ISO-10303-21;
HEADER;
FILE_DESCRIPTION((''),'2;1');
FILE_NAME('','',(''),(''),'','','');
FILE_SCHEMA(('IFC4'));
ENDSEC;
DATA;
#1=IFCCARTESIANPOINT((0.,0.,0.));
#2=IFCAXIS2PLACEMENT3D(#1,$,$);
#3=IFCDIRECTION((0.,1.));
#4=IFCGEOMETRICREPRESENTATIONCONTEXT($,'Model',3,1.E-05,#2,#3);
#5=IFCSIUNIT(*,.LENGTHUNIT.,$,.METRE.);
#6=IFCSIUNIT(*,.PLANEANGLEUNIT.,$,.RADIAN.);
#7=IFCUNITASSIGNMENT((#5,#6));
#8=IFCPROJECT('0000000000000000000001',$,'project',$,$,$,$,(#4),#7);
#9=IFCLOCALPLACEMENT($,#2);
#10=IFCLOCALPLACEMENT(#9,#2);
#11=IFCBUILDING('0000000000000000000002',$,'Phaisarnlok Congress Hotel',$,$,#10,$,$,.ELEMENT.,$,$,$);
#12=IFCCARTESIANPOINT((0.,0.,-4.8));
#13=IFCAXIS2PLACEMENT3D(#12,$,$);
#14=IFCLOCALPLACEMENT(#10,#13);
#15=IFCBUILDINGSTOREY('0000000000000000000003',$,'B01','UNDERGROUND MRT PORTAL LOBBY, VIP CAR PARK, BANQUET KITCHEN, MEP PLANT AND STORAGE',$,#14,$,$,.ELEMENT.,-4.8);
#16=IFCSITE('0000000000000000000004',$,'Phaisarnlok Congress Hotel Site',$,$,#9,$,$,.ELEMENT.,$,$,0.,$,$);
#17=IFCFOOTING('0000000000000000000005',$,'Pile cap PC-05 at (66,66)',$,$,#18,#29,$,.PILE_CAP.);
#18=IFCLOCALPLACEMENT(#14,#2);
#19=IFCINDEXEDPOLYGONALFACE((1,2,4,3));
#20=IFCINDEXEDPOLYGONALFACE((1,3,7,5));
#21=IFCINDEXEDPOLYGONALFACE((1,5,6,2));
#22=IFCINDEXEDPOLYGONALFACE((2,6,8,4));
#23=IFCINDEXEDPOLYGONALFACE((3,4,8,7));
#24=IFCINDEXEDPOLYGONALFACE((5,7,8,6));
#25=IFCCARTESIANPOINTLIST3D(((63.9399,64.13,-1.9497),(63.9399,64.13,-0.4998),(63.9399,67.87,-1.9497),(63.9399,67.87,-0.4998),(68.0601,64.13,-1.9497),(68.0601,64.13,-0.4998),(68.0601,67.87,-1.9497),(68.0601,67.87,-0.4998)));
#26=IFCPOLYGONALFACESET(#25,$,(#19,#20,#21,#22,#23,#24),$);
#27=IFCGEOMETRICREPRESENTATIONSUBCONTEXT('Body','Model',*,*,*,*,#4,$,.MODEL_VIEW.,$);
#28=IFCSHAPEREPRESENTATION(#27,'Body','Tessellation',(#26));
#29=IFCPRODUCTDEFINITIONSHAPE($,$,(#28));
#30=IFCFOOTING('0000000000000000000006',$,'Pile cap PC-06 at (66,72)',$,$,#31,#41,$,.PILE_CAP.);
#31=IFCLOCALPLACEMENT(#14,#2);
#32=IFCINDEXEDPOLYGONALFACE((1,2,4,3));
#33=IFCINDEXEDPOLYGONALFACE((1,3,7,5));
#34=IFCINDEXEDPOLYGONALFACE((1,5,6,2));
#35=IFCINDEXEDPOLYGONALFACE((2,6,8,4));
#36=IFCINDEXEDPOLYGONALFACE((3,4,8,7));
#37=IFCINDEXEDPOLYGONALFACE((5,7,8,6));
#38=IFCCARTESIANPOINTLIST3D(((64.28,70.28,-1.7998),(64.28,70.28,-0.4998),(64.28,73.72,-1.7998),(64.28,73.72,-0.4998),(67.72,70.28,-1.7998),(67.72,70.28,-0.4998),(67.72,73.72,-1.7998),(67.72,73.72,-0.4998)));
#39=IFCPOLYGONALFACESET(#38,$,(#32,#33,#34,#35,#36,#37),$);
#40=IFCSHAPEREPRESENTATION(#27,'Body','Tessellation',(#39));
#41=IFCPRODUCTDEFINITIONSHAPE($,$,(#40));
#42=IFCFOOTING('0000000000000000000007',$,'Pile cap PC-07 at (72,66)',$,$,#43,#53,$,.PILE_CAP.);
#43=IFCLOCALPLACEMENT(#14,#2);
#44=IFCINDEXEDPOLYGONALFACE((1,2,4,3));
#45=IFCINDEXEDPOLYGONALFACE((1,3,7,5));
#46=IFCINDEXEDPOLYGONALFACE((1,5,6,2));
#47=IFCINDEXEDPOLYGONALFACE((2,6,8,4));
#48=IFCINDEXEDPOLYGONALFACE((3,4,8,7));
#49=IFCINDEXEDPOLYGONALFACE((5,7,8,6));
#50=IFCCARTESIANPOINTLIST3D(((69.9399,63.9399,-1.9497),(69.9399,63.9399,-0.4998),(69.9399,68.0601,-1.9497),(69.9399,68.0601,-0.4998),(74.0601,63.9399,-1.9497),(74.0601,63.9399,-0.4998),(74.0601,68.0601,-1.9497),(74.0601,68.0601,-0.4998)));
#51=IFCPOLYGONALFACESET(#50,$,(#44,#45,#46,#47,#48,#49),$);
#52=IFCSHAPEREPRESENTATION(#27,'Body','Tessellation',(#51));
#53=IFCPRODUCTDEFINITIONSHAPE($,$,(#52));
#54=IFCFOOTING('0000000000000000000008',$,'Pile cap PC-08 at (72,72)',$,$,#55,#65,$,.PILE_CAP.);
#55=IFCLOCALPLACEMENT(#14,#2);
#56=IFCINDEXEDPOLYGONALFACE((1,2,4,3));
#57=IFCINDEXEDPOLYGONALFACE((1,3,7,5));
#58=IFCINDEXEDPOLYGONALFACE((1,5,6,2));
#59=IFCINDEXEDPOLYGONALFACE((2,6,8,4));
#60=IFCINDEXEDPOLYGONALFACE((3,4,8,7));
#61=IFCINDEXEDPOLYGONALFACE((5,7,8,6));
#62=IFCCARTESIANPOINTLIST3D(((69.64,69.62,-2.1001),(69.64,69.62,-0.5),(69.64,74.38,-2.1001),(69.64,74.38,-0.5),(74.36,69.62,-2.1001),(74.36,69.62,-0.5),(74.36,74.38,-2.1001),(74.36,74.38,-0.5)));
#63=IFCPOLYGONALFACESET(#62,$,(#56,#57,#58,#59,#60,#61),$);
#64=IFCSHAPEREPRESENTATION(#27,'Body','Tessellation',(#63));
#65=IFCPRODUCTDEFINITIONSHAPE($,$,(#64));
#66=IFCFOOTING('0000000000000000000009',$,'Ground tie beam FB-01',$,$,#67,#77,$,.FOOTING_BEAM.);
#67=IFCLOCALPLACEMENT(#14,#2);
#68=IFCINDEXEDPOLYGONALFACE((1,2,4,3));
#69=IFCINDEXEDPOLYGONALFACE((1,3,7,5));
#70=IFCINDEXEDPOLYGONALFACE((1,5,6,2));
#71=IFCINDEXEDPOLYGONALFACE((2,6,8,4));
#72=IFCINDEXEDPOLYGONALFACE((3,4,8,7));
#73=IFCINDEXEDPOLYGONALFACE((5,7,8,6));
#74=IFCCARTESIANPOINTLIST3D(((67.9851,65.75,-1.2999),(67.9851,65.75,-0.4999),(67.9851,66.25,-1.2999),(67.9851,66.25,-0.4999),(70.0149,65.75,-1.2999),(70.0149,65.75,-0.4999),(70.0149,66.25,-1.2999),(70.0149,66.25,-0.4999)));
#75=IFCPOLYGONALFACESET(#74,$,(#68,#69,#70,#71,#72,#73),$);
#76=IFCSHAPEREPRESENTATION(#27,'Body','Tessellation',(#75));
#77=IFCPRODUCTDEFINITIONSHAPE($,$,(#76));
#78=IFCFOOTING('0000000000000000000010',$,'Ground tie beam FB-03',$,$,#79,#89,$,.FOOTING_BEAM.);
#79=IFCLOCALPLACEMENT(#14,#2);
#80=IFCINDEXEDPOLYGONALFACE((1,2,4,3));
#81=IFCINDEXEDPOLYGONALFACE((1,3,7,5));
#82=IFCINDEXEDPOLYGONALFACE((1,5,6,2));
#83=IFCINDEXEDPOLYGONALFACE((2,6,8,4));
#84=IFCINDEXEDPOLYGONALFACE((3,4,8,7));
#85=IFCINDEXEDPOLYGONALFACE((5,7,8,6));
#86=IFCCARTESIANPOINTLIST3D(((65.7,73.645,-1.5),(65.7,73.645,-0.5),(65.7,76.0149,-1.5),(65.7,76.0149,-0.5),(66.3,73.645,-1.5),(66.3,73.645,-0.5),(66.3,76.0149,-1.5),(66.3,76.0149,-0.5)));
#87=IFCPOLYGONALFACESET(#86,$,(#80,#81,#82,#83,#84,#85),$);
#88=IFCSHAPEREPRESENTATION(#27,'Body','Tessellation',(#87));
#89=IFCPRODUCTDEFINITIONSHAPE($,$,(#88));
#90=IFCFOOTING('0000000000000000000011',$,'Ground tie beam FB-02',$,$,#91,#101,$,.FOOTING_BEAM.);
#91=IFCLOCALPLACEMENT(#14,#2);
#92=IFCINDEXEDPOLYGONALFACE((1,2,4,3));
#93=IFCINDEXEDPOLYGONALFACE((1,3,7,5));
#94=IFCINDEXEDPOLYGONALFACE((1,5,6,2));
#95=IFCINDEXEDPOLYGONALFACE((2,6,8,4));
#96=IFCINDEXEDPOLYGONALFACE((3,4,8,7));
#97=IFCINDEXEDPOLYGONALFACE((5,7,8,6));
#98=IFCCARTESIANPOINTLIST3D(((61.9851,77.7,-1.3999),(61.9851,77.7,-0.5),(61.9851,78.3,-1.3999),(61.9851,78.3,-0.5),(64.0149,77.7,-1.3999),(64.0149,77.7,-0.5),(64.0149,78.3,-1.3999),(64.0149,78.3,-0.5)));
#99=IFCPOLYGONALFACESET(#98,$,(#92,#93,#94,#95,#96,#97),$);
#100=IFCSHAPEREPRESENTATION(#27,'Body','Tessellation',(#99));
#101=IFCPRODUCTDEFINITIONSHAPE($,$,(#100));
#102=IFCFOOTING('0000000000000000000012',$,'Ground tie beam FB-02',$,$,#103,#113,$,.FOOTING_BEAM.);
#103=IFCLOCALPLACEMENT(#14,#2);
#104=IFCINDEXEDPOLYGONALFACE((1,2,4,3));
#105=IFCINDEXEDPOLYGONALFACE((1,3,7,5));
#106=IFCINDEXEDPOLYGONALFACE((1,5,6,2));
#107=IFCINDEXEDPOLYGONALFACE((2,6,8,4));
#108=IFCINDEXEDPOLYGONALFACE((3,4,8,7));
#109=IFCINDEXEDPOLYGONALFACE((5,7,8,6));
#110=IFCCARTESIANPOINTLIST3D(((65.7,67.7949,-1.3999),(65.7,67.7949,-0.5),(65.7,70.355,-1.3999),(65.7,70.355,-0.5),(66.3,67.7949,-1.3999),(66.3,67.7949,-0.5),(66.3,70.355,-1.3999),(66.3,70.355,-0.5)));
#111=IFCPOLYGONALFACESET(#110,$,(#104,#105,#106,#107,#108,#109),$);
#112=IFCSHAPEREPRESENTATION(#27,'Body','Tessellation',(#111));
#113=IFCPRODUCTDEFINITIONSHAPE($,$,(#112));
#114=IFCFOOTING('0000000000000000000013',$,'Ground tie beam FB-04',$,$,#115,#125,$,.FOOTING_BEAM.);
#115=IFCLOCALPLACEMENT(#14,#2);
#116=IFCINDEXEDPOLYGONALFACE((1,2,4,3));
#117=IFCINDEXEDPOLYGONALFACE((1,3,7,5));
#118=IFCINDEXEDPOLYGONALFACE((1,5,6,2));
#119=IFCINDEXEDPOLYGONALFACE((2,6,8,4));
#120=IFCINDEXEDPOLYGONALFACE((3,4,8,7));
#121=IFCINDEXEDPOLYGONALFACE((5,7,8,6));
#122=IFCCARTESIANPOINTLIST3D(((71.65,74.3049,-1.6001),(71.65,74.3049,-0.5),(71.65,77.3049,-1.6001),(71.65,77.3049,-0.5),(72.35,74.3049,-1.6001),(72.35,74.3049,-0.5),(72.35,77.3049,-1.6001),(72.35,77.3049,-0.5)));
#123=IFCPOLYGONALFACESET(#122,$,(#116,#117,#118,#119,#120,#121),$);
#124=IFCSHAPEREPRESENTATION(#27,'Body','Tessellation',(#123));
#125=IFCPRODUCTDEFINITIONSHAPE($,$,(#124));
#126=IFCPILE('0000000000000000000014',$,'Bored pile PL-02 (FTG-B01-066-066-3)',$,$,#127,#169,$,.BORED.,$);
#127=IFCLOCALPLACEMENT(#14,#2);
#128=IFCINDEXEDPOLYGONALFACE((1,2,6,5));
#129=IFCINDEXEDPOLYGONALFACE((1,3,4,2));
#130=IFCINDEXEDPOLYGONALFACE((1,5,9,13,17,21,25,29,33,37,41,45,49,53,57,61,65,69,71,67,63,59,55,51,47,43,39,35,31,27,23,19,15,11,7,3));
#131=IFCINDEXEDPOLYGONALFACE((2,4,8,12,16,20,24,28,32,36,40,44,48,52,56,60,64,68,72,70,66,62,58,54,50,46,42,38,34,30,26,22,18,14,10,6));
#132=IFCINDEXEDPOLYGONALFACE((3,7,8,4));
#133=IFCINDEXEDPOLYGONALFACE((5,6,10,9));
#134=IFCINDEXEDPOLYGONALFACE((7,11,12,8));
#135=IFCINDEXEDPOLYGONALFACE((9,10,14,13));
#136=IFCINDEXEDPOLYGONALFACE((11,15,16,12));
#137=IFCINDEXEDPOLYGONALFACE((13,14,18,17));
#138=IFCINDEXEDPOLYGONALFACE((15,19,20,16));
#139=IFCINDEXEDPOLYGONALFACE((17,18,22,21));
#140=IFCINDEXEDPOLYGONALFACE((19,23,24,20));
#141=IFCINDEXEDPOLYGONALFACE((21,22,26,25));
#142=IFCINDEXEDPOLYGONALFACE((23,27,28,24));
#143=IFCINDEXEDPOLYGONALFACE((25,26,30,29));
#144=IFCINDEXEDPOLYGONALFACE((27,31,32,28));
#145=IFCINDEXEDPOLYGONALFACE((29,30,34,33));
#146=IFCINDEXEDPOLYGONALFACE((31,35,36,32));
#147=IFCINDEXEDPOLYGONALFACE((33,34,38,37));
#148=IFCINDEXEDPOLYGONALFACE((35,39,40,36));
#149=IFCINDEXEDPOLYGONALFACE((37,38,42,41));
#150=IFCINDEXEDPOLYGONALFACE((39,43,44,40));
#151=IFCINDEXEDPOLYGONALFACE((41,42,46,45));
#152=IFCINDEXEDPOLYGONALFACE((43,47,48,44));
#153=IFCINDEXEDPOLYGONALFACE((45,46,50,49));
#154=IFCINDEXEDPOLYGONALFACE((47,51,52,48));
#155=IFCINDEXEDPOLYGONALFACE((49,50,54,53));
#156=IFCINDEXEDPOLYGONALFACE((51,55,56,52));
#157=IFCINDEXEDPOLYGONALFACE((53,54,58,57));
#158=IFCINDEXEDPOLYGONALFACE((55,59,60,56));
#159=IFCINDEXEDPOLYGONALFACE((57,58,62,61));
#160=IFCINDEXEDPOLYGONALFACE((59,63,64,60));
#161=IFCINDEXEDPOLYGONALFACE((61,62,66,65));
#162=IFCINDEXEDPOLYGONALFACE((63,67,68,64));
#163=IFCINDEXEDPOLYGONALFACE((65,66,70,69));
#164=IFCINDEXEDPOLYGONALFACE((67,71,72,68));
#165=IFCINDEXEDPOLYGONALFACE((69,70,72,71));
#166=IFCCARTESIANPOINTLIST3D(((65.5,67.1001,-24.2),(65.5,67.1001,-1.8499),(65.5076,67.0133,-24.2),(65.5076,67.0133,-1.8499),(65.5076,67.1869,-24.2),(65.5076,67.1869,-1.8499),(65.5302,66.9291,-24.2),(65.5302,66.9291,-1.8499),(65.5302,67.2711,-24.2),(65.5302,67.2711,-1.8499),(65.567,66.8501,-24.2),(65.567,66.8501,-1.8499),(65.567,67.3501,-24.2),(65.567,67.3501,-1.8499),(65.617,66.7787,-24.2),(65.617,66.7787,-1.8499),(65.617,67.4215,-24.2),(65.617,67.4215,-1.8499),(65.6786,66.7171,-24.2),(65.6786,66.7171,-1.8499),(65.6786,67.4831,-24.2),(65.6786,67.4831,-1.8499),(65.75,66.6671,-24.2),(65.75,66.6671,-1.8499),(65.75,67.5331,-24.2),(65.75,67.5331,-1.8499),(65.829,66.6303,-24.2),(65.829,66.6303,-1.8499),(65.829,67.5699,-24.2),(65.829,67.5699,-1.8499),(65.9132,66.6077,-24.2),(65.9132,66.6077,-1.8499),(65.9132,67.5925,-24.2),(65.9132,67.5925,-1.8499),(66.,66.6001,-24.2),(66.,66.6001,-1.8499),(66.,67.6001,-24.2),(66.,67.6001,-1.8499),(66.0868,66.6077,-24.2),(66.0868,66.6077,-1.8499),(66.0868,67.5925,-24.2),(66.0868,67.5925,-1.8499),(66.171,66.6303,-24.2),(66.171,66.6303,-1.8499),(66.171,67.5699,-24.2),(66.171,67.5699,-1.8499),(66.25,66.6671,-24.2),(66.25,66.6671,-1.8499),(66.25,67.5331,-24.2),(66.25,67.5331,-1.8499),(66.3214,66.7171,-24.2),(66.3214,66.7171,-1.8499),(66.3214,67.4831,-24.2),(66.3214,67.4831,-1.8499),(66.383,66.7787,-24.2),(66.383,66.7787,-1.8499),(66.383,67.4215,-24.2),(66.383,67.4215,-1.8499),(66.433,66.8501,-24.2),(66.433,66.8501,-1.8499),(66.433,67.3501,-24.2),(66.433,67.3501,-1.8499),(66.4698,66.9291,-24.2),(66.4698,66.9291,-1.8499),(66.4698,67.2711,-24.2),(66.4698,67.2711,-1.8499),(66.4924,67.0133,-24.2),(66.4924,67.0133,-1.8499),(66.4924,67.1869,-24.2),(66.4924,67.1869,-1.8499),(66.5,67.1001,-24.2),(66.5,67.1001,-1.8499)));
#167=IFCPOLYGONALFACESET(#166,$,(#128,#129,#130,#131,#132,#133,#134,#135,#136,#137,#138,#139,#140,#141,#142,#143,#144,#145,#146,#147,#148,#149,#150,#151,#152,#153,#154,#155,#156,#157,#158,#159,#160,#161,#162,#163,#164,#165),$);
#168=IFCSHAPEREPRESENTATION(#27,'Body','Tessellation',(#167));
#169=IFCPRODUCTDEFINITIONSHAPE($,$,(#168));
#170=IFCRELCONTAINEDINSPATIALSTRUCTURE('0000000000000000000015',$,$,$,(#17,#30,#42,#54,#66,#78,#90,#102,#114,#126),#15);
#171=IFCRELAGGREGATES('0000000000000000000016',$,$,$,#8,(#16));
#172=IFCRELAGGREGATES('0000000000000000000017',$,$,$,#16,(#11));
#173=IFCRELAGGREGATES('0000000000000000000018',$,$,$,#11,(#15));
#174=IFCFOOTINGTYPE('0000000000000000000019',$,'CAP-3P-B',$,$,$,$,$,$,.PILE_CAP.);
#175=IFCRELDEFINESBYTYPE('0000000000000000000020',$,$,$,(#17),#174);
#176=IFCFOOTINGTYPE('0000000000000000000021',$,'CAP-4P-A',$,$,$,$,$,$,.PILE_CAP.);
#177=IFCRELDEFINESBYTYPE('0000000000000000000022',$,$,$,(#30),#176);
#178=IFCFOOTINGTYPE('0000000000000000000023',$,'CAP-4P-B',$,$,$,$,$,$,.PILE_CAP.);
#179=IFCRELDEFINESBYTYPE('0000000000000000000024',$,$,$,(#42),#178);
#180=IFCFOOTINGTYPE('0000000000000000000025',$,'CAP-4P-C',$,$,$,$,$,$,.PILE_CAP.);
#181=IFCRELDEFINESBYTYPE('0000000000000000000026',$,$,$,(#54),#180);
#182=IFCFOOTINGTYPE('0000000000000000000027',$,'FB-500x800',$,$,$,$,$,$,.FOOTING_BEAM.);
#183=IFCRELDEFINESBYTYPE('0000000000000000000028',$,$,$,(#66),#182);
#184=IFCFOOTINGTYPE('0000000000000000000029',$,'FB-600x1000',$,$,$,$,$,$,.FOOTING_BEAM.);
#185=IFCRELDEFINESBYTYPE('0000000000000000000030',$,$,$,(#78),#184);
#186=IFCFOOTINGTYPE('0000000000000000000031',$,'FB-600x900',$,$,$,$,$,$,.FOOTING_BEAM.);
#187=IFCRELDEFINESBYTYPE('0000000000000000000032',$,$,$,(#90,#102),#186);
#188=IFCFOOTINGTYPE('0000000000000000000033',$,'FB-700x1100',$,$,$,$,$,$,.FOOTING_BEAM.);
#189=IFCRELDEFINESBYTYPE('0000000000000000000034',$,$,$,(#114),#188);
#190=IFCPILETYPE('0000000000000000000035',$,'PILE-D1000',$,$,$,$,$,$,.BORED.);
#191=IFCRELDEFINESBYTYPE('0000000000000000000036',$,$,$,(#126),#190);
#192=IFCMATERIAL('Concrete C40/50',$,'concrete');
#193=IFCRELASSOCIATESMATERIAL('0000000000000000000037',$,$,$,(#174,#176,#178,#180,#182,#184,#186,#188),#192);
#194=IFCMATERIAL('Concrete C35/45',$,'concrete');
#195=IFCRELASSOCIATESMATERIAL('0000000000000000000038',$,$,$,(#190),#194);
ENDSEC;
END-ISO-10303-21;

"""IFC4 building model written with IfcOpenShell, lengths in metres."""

from ifc_helpers import new_model, si_unit, direction, frame, origin, origin_2d, place, context, subcontext, project, spatial, rectangle, circle, extrude, material, material_profile, profile_set, type_object, element, save


model = new_model("IFC4")

# Units and contexts
model_context = context("Model", 3, precision=1e-05, world=origin(), true_north=direction((0.0, 1.0)))
body_context = subcontext(model_context, "Body", "Model", "MODEL_VIEW")
ifc_project = project(units=[si_unit("LENGTHUNIT", "METRE"), si_unit("PLANEANGLEUNIT", "RADIAN")], contexts=[model_context])

# Site, building, storey
site_placement = place(None, origin())
site = spatial("IfcSite", under=ifc_project, at=site_placement, Name="Phaisarnlok Congress Hotel Site", CompositionType="ELEMENT", RefElevation=0.0)
building_placement = place(site_placement, origin())
building = spatial("IfcBuilding", under=site, at=building_placement, Name="Phaisarnlok Congress Hotel", CompositionType="ELEMENT")
storey_placement = place(building_placement, frame((0.0, 0.0, -4.8)))
storey = spatial("IfcBuildingStorey", under=building, at=storey_placement, Name="B01", Description="UNDERGROUND MRT PORTAL LOBBY, VIP CAR PARK, BANQUET KITCHEN, MEP PLANT AND STORAGE", CompositionType="ELEMENT", Elevation=-4.8)

# Footings
ifc_material_1 = material(Name="Concrete C40/50", Category="concrete")
footing_type_1 = type_object("IfcFootingType", Name="CAP-3P-B", PredefinedType="PILE_CAP", material=ifc_material_1)
footing_1_placement = place(storey_placement, frame((66.0, 66.0, -1.9497), z_axis=(0.0, 0.0, 1.0), x_axis=(1.0, 0.0, 0.0)))
element("IfcFooting", 1, at=footing_1_placement, inside=storey, type_object=footing_type_1, Name="Pile cap PC-05 at (66,66)", PredefinedType="PILE_CAP", context=body_context, shape_type="SweptSolid", body=[
    extrude(rectangle(XDim=4.1201, YDim=3.74, at=origin_2d()), origin(), (0.0, 0.0, 1.0), 1.45),
])
footing_type_2 = type_object("IfcFootingType", Name="CAP-4P-A", PredefinedType="PILE_CAP", material=ifc_material_1)
footing_2_placement = place(storey_placement, frame((66.0, 72.0, -1.7998), z_axis=(0.0, 0.0, 1.0), x_axis=(1.0, 0.0, 0.0)))
element("IfcFooting", 2, at=footing_2_placement, inside=storey, type_object=footing_type_2, Name="Pile cap PC-06 at (66,72)", PredefinedType="PILE_CAP", context=body_context, shape_type="SweptSolid", body=[
    extrude(rectangle(XDim=3.4399, YDim=3.4399, at=origin_2d()), origin(), (0.0, 0.0, 1.0), 1.3),
])
footing_type_3 = type_object("IfcFootingType", Name="CAP-4P-B", PredefinedType="PILE_CAP", material=ifc_material_1)
footing_3_placement = place(storey_placement, frame((72.0, 66.0, -1.9497), z_axis=(0.0, 0.0, 1.0), x_axis=(1.0, 0.0, 0.0)))
element("IfcFooting", 3, at=footing_3_placement, inside=storey, type_object=footing_type_3, Name="Pile cap PC-07 at (72,66)", PredefinedType="PILE_CAP", context=body_context, shape_type="SweptSolid", body=[
    extrude(rectangle(XDim=4.1201, YDim=4.1201, at=origin_2d()), origin(), (0.0, 0.0, 1.0), 1.45),
])
footing_type_4 = type_object("IfcFootingType", Name="CAP-4P-C", PredefinedType="PILE_CAP", material=ifc_material_1)
footing_4_placement = place(storey_placement, frame((72.0, 72.0, -2.1001), z_axis=(0.0, 0.0, 1.0), x_axis=(1.0, 0.0, 0.0)))
element("IfcFooting", 4, at=footing_4_placement, inside=storey, type_object=footing_type_4, Name="Pile cap PC-08 at (72,72)", PredefinedType="PILE_CAP", context=body_context, shape_type="SweptSolid", body=[
    extrude(rectangle(XDim=4.72, YDim=4.76, at=origin_2d()), origin(), (0.0, 0.0, 1.0), 1.6001),
])
ifc_material_profile_1 = material_profile(ifc_material_1, rectangle(XDim=0.5, YDim=0.8, at=origin_2d()), Name="FB-500x800")
ifc_profile_set_1 = profile_set([ifc_material_profile_1], Name="Concrete C40/50")
footing_type_5 = type_object("IfcFootingType", Name="FB-500x800", PredefinedType="FOOTING_BEAM", material=ifc_profile_set_1)
footing_5_placement = place(storey_placement, frame((67.9851, 66.0, -0.8999), z_axis=(1.0, 0.0, 0.0), x_axis=(0.0, 1.0, 0.0)))
element("IfcFooting", 5, at=footing_5_placement, inside=storey, type_object=footing_type_5, Name="Ground tie beam FB-01", PredefinedType="FOOTING_BEAM", context=body_context, shape_type="SweptSolid", body=[
    extrude(rectangle(XDim=0.5, YDim=0.8, at=origin_2d()), origin(), (0.0, 0.0, 1.0), 2.0298),
])
ifc_material_profile_2 = material_profile(ifc_material_1, rectangle(XDim=0.6001, YDim=1.0, at=origin_2d()), Name="FB-600x1000")
ifc_profile_set_2 = profile_set([ifc_material_profile_2], Name="Concrete C40/50")
footing_type_6 = type_object("IfcFootingType", Name="FB-600x1000", PredefinedType="FOOTING_BEAM", material=ifc_profile_set_2)
footing_6_placement = place(storey_placement, frame((66.0, 73.645, -1.0), z_axis=(0.0, 1.0, 0.0), x_axis=(-1.0, 0.0, 0.0)))
element("IfcFooting", 6, at=footing_6_placement, inside=storey, type_object=footing_type_6, Name="Ground tie beam FB-03", PredefinedType="FOOTING_BEAM", context=body_context, shape_type="SweptSolid", body=[
    extrude(rectangle(XDim=0.6001, YDim=1.0, at=origin_2d()), origin(), (0.0, 0.0, 1.0), 2.3699),
])
ifc_material_profile_3 = material_profile(ifc_material_1, rectangle(XDim=0.6001, YDim=0.8999, at=origin_2d()), Name="FB-600x900")
ifc_profile_set_3 = profile_set([ifc_material_profile_3], Name="Concrete C40/50")
footing_type_7 = type_object("IfcFootingType", Name="FB-600x900", PredefinedType="FOOTING_BEAM", material=ifc_profile_set_3)
footing_7_placement = place(storey_placement, frame((61.9851, 78.0, -0.95), z_axis=(1.0, 0.0, 0.0), x_axis=(0.0, 1.0, 0.0)))
element("IfcFooting", 7, at=footing_7_placement, inside=storey, type_object=footing_type_7, Name="Ground tie beam FB-02", PredefinedType="FOOTING_BEAM", context=body_context, shape_type="SweptSolid", body=[
    extrude(rectangle(XDim=0.6001, YDim=0.8999, at=origin_2d()), origin(), (0.0, 0.0, 1.0), 2.0298),
])
footing_8_placement = place(storey_placement, frame((66.0, 67.7949, -0.95), z_axis=(0.0, 1.0, 0.0), x_axis=(-1.0, 0.0, 0.0)))
element("IfcFooting", 8, at=footing_8_placement, inside=storey, type_object=footing_type_7, Name="Ground tie beam FB-02", PredefinedType="FOOTING_BEAM", context=body_context, shape_type="SweptSolid", body=[
    extrude(rectangle(XDim=0.6001, YDim=0.8999, at=origin_2d()), origin(), (0.0, 0.0, 1.0), 2.5601),
])
ifc_material_profile_4 = material_profile(ifc_material_1, rectangle(XDim=0.7, YDim=1.1001, at=origin_2d()), Name="FB-700x1100")
ifc_profile_set_4 = profile_set([ifc_material_profile_4], Name="Concrete C40/50")
footing_type_8 = type_object("IfcFootingType", Name="FB-700x1100", PredefinedType="FOOTING_BEAM", material=ifc_profile_set_4)
footing_9_placement = place(storey_placement, frame((72.0, 74.3049, -1.05), z_axis=(0.0, 1.0, 0.0), x_axis=(-1.0, 0.0, 0.0)))
element("IfcFooting", 9, at=footing_9_placement, inside=storey, type_object=footing_type_8, Name="Ground tie beam FB-04", PredefinedType="FOOTING_BEAM", context=body_context, shape_type="SweptSolid", body=[
    extrude(rectangle(XDim=0.7, YDim=1.1001, at=origin_2d()), origin(), (0.0, 0.0, 1.0), 3.0),
])

# Pile
ifc_material_2 = material(Name="Concrete C35/45", Category="concrete")
ifc_material_profile_5 = material_profile(ifc_material_2, circle(Radius=0.5, at=origin_2d()), Name="BORED PILE D1000")
ifc_profile_set_5 = profile_set([ifc_material_profile_5], Name="Concrete C35/45")
pile_type_1 = type_object("IfcPileType", Name="PILE-D1000", PredefinedType="BORED", material=ifc_profile_set_5)
for number, where, z_axis, x_axis, name in (
    (10, (66.0, 67.1001, -1.8499), (0.0, 0.0, -1.0), (1.0, 0.0, 0.0), "Bored pile PL-02 (FTG-B01-066-066-3)"),
):
    element("IfcPile", number, at=place(storey_placement, frame(where, z_axis=z_axis, x_axis=x_axis)), inside=storey, type_object=pile_type_1, Name=name, PredefinedType="BORED", context=body_context, shape_type="SweptSolid", body=[
        extrude(circle(Radius=0.5, at=origin_2d()), origin(), (0.0, 0.0, 1.0), 22.3501),
    ])

save(model, "model.ifc")
